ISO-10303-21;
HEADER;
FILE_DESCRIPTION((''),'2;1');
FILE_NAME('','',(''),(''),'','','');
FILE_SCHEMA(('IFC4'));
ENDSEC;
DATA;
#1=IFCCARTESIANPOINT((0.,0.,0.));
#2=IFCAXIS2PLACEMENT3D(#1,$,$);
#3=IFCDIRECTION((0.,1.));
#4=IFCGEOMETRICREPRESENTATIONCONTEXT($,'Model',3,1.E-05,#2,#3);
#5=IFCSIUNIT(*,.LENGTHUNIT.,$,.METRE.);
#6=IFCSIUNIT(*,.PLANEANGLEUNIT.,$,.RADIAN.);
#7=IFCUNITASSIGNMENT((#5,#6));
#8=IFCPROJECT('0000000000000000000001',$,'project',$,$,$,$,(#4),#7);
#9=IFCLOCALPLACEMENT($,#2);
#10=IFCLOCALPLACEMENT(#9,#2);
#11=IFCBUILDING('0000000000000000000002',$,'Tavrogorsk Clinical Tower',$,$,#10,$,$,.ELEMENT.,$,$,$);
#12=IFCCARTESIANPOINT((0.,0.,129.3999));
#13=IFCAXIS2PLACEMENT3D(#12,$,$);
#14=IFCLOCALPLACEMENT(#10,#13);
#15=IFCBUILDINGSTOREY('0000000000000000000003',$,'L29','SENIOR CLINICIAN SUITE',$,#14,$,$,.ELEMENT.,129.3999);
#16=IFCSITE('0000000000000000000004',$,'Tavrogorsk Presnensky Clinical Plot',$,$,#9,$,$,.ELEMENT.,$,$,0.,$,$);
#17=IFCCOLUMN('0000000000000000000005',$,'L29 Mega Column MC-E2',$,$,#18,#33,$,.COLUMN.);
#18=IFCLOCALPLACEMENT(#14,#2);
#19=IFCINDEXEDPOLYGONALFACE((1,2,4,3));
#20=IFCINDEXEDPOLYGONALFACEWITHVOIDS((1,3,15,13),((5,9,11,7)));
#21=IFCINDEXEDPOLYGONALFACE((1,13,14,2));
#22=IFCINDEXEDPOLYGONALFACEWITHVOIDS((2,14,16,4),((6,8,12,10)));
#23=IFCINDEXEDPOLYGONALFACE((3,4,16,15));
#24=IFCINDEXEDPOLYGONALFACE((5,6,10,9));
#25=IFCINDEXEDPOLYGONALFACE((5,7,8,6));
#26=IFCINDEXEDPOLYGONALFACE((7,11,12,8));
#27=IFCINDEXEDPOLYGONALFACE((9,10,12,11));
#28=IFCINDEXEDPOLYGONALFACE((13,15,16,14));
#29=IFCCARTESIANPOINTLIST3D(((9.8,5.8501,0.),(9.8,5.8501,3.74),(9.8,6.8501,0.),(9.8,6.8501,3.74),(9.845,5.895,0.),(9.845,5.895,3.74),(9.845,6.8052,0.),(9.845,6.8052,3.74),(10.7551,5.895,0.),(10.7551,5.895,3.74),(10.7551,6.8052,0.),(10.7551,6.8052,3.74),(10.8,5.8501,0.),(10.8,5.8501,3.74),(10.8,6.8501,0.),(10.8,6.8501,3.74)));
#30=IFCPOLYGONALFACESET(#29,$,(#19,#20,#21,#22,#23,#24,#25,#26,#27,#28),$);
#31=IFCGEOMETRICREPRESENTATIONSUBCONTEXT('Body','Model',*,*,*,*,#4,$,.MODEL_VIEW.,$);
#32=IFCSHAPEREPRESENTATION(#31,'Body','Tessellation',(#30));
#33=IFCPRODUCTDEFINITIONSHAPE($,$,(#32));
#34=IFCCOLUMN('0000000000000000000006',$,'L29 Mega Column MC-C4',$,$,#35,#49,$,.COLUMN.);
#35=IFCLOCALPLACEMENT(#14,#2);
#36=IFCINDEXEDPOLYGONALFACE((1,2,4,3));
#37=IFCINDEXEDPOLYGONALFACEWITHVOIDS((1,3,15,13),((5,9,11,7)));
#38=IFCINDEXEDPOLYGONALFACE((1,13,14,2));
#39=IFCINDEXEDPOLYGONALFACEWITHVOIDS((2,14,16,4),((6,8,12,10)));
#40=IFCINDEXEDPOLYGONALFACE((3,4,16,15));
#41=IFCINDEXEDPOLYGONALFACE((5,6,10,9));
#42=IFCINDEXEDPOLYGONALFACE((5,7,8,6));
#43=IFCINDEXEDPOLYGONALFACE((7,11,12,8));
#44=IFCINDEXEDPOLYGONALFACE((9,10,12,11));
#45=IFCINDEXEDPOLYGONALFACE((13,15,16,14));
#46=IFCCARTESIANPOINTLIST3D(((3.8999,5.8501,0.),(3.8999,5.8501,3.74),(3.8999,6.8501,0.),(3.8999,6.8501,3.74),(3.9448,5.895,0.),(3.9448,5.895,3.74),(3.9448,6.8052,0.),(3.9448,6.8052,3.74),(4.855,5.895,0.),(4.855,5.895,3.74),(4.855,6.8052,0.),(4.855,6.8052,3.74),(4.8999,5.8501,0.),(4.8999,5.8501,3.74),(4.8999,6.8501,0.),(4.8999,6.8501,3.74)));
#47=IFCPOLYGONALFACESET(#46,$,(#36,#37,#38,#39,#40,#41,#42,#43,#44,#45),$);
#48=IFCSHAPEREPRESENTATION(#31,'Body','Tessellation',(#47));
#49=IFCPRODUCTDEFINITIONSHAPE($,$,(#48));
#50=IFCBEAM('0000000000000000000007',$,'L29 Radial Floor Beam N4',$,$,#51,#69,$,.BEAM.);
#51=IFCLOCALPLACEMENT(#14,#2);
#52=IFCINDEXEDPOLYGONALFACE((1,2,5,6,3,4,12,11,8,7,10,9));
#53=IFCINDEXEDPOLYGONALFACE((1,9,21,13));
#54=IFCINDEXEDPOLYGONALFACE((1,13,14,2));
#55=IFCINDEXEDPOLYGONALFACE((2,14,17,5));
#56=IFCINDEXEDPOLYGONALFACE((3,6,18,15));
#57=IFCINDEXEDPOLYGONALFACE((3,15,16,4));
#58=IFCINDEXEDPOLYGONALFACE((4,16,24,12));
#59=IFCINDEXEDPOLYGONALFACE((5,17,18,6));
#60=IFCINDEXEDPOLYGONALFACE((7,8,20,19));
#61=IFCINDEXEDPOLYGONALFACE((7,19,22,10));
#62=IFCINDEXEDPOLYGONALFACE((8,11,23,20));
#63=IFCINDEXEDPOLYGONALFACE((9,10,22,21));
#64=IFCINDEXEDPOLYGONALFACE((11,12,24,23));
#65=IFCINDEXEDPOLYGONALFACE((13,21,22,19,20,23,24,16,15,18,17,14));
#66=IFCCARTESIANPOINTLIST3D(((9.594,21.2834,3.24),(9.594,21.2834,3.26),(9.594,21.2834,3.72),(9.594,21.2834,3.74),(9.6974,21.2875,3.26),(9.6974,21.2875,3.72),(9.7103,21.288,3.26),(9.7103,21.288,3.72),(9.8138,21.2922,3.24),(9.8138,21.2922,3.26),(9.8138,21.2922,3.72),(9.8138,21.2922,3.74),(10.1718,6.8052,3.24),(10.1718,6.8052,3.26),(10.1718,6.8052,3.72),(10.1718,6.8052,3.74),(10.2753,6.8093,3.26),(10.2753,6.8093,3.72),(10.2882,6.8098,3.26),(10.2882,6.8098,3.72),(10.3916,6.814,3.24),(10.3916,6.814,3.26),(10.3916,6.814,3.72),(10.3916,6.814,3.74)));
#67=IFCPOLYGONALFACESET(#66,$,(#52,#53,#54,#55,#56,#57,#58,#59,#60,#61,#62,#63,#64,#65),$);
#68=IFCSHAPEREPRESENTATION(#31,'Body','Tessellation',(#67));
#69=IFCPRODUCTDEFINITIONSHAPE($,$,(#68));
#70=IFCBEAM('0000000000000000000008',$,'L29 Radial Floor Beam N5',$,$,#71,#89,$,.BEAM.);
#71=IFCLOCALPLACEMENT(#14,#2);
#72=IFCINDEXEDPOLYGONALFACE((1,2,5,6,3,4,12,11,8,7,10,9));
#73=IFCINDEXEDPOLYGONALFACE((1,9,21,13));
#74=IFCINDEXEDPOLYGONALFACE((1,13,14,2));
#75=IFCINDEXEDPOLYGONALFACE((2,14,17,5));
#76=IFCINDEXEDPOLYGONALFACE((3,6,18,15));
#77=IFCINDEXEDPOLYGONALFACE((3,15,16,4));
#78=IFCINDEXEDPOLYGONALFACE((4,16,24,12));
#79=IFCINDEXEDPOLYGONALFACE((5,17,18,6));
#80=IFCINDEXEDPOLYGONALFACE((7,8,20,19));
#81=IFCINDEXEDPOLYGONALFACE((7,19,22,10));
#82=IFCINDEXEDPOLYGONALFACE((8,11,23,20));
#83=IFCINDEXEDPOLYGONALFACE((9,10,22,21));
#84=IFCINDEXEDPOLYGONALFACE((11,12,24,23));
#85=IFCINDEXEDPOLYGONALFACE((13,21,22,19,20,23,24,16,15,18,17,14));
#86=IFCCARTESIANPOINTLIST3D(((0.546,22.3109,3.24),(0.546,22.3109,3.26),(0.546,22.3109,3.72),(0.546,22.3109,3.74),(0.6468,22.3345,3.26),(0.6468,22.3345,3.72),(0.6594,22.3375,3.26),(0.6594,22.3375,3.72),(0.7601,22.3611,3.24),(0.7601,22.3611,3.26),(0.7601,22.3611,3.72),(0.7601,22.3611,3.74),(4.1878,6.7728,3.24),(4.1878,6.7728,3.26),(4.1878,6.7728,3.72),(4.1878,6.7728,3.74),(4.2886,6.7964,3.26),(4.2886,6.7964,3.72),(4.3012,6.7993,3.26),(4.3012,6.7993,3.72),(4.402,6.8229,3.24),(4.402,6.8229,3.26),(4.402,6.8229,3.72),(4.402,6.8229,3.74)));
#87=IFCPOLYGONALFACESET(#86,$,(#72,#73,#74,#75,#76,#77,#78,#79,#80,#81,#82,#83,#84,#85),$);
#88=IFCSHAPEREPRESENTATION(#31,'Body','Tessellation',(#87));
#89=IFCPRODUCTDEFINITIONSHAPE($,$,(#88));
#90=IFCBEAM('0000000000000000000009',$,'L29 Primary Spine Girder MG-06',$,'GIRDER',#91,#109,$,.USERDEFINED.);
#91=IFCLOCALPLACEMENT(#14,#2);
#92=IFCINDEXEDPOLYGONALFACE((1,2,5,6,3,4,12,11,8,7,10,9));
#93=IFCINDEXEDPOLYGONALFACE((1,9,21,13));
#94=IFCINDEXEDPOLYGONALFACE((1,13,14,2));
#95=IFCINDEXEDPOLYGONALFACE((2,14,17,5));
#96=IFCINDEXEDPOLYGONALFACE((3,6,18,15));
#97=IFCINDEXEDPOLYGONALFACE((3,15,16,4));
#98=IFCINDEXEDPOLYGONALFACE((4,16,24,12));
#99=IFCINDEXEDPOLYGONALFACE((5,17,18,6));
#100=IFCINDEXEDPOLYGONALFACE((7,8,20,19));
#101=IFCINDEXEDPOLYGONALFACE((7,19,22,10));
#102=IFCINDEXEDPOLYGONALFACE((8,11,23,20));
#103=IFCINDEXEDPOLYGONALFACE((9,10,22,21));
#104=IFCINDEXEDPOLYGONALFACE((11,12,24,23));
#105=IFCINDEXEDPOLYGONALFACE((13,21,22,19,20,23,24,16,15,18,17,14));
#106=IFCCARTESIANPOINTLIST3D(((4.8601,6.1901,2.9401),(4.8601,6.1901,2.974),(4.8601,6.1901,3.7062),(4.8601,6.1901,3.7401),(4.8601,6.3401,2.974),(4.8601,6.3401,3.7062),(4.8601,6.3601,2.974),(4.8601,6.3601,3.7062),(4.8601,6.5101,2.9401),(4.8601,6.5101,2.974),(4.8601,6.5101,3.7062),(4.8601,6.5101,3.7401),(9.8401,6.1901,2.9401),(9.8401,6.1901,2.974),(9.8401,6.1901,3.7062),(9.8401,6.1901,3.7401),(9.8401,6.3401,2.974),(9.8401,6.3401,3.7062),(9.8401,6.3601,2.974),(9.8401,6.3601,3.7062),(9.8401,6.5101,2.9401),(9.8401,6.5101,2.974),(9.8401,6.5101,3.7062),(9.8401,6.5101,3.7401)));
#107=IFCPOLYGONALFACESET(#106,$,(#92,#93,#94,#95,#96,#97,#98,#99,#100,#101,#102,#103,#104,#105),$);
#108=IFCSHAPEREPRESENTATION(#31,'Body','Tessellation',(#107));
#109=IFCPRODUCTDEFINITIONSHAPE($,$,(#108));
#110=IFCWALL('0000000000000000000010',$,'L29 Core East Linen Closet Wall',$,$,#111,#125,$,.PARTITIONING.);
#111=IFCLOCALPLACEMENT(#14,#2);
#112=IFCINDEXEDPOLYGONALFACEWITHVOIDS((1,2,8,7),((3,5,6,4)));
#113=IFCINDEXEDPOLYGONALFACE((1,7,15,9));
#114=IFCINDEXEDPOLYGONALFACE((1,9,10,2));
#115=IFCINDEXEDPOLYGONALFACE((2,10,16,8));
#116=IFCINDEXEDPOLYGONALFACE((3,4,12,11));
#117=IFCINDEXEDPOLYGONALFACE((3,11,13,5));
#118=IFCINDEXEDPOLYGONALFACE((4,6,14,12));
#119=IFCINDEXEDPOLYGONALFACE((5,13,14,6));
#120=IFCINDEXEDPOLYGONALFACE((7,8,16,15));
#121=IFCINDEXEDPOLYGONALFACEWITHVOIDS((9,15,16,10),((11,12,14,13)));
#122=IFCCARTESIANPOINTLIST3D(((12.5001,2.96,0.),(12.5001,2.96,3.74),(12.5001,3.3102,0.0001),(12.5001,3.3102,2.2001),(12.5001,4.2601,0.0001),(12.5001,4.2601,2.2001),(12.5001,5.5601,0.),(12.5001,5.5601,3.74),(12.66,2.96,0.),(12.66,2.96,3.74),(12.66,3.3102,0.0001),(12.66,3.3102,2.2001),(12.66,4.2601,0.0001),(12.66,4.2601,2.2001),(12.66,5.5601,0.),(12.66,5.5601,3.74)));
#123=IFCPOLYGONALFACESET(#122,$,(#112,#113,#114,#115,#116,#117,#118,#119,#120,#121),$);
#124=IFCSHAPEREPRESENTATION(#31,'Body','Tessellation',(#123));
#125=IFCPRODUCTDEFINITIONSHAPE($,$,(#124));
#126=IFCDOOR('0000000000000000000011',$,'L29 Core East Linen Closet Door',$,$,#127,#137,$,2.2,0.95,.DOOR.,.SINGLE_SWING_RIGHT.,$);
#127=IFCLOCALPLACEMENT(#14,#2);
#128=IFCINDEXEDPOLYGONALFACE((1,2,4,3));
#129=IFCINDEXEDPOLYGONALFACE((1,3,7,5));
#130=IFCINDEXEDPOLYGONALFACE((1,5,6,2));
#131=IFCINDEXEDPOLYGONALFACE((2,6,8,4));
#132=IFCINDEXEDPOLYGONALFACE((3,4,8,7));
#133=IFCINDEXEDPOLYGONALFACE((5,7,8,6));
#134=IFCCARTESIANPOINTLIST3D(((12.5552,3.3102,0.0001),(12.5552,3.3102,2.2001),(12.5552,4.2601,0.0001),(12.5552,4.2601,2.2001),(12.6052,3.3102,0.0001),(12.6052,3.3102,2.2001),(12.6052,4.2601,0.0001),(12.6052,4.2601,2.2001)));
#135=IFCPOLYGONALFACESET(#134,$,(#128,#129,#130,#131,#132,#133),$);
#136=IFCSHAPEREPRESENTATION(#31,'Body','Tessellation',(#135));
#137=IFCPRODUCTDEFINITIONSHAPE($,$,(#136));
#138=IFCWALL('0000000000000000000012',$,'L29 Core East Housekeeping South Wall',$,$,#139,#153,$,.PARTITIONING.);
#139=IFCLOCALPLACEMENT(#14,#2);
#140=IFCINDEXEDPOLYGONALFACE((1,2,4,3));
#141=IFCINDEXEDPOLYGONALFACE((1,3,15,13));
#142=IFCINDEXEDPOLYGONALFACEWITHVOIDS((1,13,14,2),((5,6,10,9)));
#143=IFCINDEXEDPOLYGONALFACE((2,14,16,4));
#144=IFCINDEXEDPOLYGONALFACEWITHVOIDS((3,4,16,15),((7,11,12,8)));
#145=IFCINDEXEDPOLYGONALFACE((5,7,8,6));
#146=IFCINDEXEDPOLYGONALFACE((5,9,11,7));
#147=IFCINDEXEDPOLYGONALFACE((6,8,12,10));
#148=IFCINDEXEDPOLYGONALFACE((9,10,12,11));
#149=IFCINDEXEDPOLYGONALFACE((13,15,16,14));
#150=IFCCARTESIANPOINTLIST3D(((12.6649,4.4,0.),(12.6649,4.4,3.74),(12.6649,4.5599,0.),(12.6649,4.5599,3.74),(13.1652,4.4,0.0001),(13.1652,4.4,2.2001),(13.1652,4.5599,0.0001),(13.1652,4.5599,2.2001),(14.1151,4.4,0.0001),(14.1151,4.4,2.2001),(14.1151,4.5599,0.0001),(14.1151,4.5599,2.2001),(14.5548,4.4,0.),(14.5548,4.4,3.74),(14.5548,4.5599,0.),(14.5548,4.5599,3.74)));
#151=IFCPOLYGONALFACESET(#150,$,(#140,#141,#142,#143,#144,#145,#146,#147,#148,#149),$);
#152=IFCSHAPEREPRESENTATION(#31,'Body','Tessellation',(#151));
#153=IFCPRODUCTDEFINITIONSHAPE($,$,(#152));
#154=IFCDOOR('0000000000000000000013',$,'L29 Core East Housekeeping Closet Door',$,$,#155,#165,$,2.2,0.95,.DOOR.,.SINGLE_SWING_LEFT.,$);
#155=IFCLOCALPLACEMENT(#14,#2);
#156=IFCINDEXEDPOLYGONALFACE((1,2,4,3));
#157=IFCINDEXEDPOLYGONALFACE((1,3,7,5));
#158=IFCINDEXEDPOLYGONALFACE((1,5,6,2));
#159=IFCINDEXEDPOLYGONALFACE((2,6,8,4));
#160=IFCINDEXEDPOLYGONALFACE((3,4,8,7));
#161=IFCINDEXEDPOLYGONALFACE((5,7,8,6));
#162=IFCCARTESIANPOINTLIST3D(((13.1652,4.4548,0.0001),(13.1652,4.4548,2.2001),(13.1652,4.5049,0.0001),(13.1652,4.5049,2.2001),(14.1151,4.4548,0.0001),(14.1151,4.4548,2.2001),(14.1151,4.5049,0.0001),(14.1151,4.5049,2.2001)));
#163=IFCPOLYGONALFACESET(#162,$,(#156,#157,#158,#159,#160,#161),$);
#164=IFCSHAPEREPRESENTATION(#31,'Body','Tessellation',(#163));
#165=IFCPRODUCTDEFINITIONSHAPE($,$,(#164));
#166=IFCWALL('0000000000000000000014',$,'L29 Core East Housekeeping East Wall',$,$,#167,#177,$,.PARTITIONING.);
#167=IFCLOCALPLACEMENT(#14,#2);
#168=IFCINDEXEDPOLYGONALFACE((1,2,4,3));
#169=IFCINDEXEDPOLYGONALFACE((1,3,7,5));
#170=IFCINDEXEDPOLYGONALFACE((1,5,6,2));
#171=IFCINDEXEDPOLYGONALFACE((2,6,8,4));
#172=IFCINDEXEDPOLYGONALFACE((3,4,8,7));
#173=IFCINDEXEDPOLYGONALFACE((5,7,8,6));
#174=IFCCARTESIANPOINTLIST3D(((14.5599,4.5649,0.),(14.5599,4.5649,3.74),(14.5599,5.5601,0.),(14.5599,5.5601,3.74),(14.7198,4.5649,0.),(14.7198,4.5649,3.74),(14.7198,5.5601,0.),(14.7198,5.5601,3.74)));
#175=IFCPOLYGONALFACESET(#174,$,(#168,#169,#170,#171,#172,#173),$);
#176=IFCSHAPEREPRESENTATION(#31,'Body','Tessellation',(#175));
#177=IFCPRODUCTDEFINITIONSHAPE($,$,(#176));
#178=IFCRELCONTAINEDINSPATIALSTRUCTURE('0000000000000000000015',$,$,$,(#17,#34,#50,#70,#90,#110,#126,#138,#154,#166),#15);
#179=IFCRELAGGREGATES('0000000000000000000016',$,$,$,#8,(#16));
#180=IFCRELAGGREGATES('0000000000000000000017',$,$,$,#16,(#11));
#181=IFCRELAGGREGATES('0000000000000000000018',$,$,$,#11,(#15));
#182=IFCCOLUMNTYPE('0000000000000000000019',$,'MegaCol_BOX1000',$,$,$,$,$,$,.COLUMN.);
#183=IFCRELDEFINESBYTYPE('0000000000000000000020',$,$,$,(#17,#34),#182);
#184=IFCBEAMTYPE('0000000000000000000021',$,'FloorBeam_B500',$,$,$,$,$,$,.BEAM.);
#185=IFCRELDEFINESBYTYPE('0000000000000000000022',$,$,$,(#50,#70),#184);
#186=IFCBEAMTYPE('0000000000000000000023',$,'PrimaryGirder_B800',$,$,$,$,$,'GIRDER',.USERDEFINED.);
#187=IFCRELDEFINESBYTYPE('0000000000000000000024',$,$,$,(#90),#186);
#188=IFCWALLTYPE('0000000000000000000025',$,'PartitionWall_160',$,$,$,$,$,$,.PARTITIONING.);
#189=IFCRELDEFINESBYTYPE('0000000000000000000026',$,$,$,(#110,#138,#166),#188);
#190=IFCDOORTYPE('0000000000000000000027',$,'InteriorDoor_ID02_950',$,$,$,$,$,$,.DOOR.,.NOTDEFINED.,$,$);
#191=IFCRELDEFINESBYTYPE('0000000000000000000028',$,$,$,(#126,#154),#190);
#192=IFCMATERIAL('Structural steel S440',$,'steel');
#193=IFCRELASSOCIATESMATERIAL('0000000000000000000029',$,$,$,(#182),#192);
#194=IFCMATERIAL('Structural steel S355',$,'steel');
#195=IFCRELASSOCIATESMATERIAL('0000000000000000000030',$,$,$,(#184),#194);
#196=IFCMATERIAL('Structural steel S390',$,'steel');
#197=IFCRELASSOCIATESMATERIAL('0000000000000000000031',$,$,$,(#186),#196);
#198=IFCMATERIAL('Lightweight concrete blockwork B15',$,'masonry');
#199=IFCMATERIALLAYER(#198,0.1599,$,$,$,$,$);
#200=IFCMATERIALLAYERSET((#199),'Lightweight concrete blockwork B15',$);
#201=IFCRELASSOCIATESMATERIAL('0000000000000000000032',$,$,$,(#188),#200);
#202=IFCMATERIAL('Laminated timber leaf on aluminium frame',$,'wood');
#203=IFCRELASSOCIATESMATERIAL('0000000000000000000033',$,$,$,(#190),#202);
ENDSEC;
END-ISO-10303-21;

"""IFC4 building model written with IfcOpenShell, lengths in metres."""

from ifc_helpers import new_model, si_unit, direction, frame, frame_2d, origin, origin_2d, place, context, subcontext, project, spatial, rectangle, hollow_rectangle, i_section, extrude, material, layer, layer_set, material_profile, profile_set, type_object, element, fill, save


model = new_model("IFC4")

# Units and contexts
model_context = context("Model", 3, precision=1e-05, world=origin(), true_north=direction((0.0, 1.0)))
body_context = subcontext(model_context, "Body", "Model", "MODEL_VIEW")
ifc_project = project(units=[si_unit("LENGTHUNIT", "METRE"), si_unit("PLANEANGLEUNIT", "RADIAN")], contexts=[model_context])

# Site, building, storey
site_placement = place(None, origin())
site = spatial("IfcSite", under=ifc_project, at=site_placement, Name="Tavrogorsk Presnensky Clinical Plot", CompositionType="ELEMENT", RefElevation=0.0)
building_placement = place(site_placement, origin())
building = spatial("IfcBuilding", under=site, at=building_placement, Name="Tavrogorsk Clinical Tower", CompositionType="ELEMENT")
storey_placement = place(building_placement, frame((0.0, 0.0, 129.3999)))
storey = spatial("IfcBuildingStorey", under=building, at=storey_placement, Name="L29", Description="SENIOR CLINICIAN SUITE", CompositionType="ELEMENT", Elevation=129.3999)

# Columns
ifc_material_1 = material(Name="Structural steel S440", Category="steel")
ifc_material_profile_1 = material_profile(ifc_material_1, hollow_rectangle(XDim=1.0, YDim=1.0, WallThickness=0.0449, at=origin_2d()), Name="BOX-1000x1000x45")
ifc_profile_set_1 = profile_set([ifc_material_profile_1], Name="Structural steel S440")
column_type = type_object("IfcColumnType", Name="MegaCol_BOX1000", PredefinedType="COLUMN", material=ifc_profile_set_1)
for number, where, z_axis, x_axis, name in (
    (1, (10.3, 6.3501, 0.0), (0.0, 0.0, 1.0), (1.0, 0.0, 0.0), "L29 Mega Column MC-E2"),
    (2, (4.3999, 6.3501, 0.0), (0.0, 0.0, 1.0), (1.0, 0.0, 0.0), "L29 Mega Column MC-C4"),
):
    element("IfcColumn", number, at=place(storey_placement, frame(where, z_axis=z_axis, x_axis=x_axis)), inside=storey, type_object=column_type, Name=name, PredefinedType="COLUMN", context=body_context, shape_type="SweptSolid", body=[
        extrude(hollow_rectangle(XDim=1.0, YDim=1.0, WallThickness=0.0449, at=origin_2d()), origin(), (0.0, 0.0, 1.0), 3.74),
    ])

# Beams
ifc_material_2 = material(Name="Structural steel S355", Category="steel")
ifc_material_profile_2 = material_profile(ifc_material_2, i_section(OverallWidth=0.22, OverallDepth=0.5, WebThickness=0.0129, FlangeThickness=0.02, at=origin_2d()), Name="B-500x220x13x20")
ifc_profile_set_2 = profile_set([ifc_material_profile_2], Name="Structural steel S355")
beam_type_1 = type_object("IfcBeamType", Name="FloorBeam_B500", PredefinedType="BEAM", material=ifc_profile_set_2)
beam_1_placement = place(storey_placement, frame((10.2817, 6.8096, 3.49), z_axis=(-0.039882, 0.999204, 0.0), x_axis=(-0.999204, -0.039882, 0.0)))
element("IfcBeam", 3, at=beam_1_placement, inside=storey, type_object=beam_type_1, Name="L29 Radial Floor Beam N4", PredefinedType="BEAM", context=body_context, shape_type="SweptSolid", body=[
    extrude(i_section(OverallWidth=0.22, OverallDepth=0.5, WebThickness=0.0129, FlangeThickness=0.02, at=origin_2d()), origin(), (0.0, 0.0, 1.0), 14.4897),
])
beam_2_placement = place(storey_placement, frame((4.2949, 6.7979, 3.49), z_axis=(-0.228198, 0.973615, 0.0), x_axis=(-0.973615, -0.228198, 0.0)))
element("IfcBeam", 4, at=beam_2_placement, inside=storey, type_object=beam_type_1, Name="L29 Radial Floor Beam N5", PredefinedType="BEAM", context=body_context, shape_type="SweptSolid", body=[
    extrude(i_section(OverallWidth=0.22, OverallDepth=0.5, WebThickness=0.0129, FlangeThickness=0.02, at=origin_2d()), origin(), (0.0, 0.0, 1.0), 15.9592),
])
ifc_material_3 = material(Name="Structural steel S390", Category="steel")
ifc_material_profile_3 = material_profile(ifc_material_3, i_section(OverallWidth=0.3201, OverallDepth=0.8, WebThickness=0.02, FlangeThickness=0.0339, at=origin_2d()), Name="B-800x320x20x34")
ifc_profile_set_3 = profile_set([ifc_material_profile_3], Name="Structural steel S390")
beam_type_2 = type_object("IfcBeamType", Name="PrimaryGirder_B800", ElementType="GIRDER", PredefinedType="USERDEFINED", material=ifc_profile_set_3)
beam_3_placement = place(storey_placement, frame((4.8601, 6.3501, 3.3401), z_axis=(1.0, 0.0, 0.0), x_axis=(0.0, 1.0, 0.0)))
element("IfcBeam", 5, at=beam_3_placement, inside=storey, type_object=beam_type_2, Name="L29 Primary Spine Girder MG-06", ObjectType="GIRDER", PredefinedType="USERDEFINED", context=body_context, shape_type="SweptSolid", body=[
    extrude(i_section(OverallWidth=0.3201, OverallDepth=0.8, WebThickness=0.02, FlangeThickness=0.0339, at=origin_2d()), origin(), (0.0, 0.0, 1.0), 4.98),
])

# Walls, openings, doors
ifc_material_4 = material(Name="Lightweight concrete blockwork B15", Category="masonry")
ifc_layer_1 = layer(ifc_material_4, 0.1599)
ifc_layer_set_1 = layer_set([ifc_layer_1], Name="Lightweight concrete blockwork B15")
wall_type_1 = type_object("IfcWallType", Name="PartitionWall_160", PredefinedType="PARTITIONING", material=ifc_layer_set_1)
wall_1_placement = place(storey_placement, frame((12.5801, 2.96, 0.0), z_axis=(0.0, 0.0, 1.0), x_axis=(0.0, 1.0, 0.0)))
wall_1 = element("IfcWall", 6, at=wall_1_placement, inside=storey, type_object=wall_type_1, Name="L29 Core East Linen Closet Wall", PredefinedType="PARTITIONING", context=body_context, shape_type="SweptSolid", body=[
    extrude(rectangle(XDim=2.6001, YDim=0.1599, at=frame_2d((1.3, 0.0))), origin(), (0.0, 0.0, 1.0), 3.74),
])
opening_1_placement = place(wall_1_placement, frame((0.3501, 0.0, 0.0)))
opening_1 = element("IfcOpeningElement", 7, at=opening_1_placement, cuts=wall_1, PredefinedType="OPENING", context=body_context, shape_type="SweptSolid", body=[
    extrude(rectangle(XDim=0.95, YDim=2.2, at=frame_2d((0.4751, 1.1001))), frame((0.0, 0.0898, 0.0), z_axis=(0.0, -1.0, 0.0), x_axis=(1.0, 0.0, 0.0)), (0.0, 0.0, 1.0), 0.1799),
])
ifc_material_5 = material(Name="Laminated timber leaf on aluminium frame", Category="wood")
door_type_1 = type_object("IfcDoorType", Name="InteriorDoor_ID02_950", OperationType="NOTDEFINED", PredefinedType="DOOR", material=ifc_material_5)
door_1_placement = place(opening_1_placement, origin())
door_1 = element("IfcDoor", 8, at=door_1_placement, inside=storey, type_object=door_type_1, Name="L29 Core East Linen Closet Door", OperationType="SINGLE_SWING_RIGHT", OverallHeight=2.2, OverallWidth=0.95, PredefinedType="DOOR", context=body_context, shape_type="SweptSolid", body=[
    extrude(rectangle(XDim=0.95, YDim=2.2, at=frame_2d((0.4751, 1.1001))), frame((0.0, 0.0249, 0.0), z_axis=(0.0, -1.0, 0.0), x_axis=(1.0, 0.0, 0.0)), (0.0, 0.0, 1.0), 0.05),
])
fill(opening_1, door_1)
wall_2_placement = place(storey_placement, frame((12.665, 4.48, 0.0), z_axis=(0.0, 0.0, 1.0), x_axis=(1.0, 0.0, 0.0)))
wall_2 = element("IfcWall", 9, at=wall_2_placement, inside=storey, type_object=wall_type_1, Name="L29 Core East Housekeeping South Wall", PredefinedType="PARTITIONING", context=body_context, shape_type="SweptSolid", body=[
    extrude(rectangle(XDim=1.8899, YDim=0.1599, at=frame_2d((0.9448, 0.0))), origin(), (0.0, 0.0, 1.0), 3.74),
])
opening_2_placement = place(wall_2_placement, frame((0.5, 0.0, 0.0)))
opening_2 = element("IfcOpeningElement", 10, at=opening_2_placement, cuts=wall_2, PredefinedType="OPENING", context=body_context, shape_type="SweptSolid", body=[
    extrude(rectangle(XDim=0.95, YDim=2.2, at=frame_2d((0.4751, 1.1001))), frame((0.0, 0.0898, 0.0), z_axis=(0.0, -1.0, 0.0), x_axis=(1.0, 0.0, 0.0)), (0.0, 0.0, 1.0), 0.1799),
])
door_2_placement = place(opening_2_placement, origin())
door_2 = element("IfcDoor", 11, at=door_2_placement, inside=storey, type_object=door_type_1, Name="L29 Core East Housekeeping Closet Door", OperationType="SINGLE_SWING_LEFT", OverallHeight=2.2, OverallWidth=0.95, PredefinedType="DOOR", context=body_context, shape_type="SweptSolid", body=[
    extrude(rectangle(XDim=0.95, YDim=2.2, at=frame_2d((0.4751, 1.1001))), frame((0.0, 0.0249, 0.0), z_axis=(0.0, -1.0, 0.0), x_axis=(1.0, 0.0, 0.0)), (0.0, 0.0, 1.0), 0.05),
])
fill(opening_2, door_2)

# Wall
wall_3_placement = place(storey_placement, frame((14.6399, 4.5649, 0.0), z_axis=(0.0, 0.0, 1.0), x_axis=(0.0, 1.0, 0.0)))
element("IfcWall", 12, at=wall_3_placement, inside=storey, type_object=wall_type_1, Name="L29 Core East Housekeeping East Wall", PredefinedType="PARTITIONING", context=body_context, shape_type="SweptSolid", body=[
    extrude(rectangle(XDim=0.9951, YDim=0.1599, at=frame_2d((0.4976, 0.0))), origin(), (0.0, 0.0, 1.0), 3.74),
])

save(model, "model.ifc")
